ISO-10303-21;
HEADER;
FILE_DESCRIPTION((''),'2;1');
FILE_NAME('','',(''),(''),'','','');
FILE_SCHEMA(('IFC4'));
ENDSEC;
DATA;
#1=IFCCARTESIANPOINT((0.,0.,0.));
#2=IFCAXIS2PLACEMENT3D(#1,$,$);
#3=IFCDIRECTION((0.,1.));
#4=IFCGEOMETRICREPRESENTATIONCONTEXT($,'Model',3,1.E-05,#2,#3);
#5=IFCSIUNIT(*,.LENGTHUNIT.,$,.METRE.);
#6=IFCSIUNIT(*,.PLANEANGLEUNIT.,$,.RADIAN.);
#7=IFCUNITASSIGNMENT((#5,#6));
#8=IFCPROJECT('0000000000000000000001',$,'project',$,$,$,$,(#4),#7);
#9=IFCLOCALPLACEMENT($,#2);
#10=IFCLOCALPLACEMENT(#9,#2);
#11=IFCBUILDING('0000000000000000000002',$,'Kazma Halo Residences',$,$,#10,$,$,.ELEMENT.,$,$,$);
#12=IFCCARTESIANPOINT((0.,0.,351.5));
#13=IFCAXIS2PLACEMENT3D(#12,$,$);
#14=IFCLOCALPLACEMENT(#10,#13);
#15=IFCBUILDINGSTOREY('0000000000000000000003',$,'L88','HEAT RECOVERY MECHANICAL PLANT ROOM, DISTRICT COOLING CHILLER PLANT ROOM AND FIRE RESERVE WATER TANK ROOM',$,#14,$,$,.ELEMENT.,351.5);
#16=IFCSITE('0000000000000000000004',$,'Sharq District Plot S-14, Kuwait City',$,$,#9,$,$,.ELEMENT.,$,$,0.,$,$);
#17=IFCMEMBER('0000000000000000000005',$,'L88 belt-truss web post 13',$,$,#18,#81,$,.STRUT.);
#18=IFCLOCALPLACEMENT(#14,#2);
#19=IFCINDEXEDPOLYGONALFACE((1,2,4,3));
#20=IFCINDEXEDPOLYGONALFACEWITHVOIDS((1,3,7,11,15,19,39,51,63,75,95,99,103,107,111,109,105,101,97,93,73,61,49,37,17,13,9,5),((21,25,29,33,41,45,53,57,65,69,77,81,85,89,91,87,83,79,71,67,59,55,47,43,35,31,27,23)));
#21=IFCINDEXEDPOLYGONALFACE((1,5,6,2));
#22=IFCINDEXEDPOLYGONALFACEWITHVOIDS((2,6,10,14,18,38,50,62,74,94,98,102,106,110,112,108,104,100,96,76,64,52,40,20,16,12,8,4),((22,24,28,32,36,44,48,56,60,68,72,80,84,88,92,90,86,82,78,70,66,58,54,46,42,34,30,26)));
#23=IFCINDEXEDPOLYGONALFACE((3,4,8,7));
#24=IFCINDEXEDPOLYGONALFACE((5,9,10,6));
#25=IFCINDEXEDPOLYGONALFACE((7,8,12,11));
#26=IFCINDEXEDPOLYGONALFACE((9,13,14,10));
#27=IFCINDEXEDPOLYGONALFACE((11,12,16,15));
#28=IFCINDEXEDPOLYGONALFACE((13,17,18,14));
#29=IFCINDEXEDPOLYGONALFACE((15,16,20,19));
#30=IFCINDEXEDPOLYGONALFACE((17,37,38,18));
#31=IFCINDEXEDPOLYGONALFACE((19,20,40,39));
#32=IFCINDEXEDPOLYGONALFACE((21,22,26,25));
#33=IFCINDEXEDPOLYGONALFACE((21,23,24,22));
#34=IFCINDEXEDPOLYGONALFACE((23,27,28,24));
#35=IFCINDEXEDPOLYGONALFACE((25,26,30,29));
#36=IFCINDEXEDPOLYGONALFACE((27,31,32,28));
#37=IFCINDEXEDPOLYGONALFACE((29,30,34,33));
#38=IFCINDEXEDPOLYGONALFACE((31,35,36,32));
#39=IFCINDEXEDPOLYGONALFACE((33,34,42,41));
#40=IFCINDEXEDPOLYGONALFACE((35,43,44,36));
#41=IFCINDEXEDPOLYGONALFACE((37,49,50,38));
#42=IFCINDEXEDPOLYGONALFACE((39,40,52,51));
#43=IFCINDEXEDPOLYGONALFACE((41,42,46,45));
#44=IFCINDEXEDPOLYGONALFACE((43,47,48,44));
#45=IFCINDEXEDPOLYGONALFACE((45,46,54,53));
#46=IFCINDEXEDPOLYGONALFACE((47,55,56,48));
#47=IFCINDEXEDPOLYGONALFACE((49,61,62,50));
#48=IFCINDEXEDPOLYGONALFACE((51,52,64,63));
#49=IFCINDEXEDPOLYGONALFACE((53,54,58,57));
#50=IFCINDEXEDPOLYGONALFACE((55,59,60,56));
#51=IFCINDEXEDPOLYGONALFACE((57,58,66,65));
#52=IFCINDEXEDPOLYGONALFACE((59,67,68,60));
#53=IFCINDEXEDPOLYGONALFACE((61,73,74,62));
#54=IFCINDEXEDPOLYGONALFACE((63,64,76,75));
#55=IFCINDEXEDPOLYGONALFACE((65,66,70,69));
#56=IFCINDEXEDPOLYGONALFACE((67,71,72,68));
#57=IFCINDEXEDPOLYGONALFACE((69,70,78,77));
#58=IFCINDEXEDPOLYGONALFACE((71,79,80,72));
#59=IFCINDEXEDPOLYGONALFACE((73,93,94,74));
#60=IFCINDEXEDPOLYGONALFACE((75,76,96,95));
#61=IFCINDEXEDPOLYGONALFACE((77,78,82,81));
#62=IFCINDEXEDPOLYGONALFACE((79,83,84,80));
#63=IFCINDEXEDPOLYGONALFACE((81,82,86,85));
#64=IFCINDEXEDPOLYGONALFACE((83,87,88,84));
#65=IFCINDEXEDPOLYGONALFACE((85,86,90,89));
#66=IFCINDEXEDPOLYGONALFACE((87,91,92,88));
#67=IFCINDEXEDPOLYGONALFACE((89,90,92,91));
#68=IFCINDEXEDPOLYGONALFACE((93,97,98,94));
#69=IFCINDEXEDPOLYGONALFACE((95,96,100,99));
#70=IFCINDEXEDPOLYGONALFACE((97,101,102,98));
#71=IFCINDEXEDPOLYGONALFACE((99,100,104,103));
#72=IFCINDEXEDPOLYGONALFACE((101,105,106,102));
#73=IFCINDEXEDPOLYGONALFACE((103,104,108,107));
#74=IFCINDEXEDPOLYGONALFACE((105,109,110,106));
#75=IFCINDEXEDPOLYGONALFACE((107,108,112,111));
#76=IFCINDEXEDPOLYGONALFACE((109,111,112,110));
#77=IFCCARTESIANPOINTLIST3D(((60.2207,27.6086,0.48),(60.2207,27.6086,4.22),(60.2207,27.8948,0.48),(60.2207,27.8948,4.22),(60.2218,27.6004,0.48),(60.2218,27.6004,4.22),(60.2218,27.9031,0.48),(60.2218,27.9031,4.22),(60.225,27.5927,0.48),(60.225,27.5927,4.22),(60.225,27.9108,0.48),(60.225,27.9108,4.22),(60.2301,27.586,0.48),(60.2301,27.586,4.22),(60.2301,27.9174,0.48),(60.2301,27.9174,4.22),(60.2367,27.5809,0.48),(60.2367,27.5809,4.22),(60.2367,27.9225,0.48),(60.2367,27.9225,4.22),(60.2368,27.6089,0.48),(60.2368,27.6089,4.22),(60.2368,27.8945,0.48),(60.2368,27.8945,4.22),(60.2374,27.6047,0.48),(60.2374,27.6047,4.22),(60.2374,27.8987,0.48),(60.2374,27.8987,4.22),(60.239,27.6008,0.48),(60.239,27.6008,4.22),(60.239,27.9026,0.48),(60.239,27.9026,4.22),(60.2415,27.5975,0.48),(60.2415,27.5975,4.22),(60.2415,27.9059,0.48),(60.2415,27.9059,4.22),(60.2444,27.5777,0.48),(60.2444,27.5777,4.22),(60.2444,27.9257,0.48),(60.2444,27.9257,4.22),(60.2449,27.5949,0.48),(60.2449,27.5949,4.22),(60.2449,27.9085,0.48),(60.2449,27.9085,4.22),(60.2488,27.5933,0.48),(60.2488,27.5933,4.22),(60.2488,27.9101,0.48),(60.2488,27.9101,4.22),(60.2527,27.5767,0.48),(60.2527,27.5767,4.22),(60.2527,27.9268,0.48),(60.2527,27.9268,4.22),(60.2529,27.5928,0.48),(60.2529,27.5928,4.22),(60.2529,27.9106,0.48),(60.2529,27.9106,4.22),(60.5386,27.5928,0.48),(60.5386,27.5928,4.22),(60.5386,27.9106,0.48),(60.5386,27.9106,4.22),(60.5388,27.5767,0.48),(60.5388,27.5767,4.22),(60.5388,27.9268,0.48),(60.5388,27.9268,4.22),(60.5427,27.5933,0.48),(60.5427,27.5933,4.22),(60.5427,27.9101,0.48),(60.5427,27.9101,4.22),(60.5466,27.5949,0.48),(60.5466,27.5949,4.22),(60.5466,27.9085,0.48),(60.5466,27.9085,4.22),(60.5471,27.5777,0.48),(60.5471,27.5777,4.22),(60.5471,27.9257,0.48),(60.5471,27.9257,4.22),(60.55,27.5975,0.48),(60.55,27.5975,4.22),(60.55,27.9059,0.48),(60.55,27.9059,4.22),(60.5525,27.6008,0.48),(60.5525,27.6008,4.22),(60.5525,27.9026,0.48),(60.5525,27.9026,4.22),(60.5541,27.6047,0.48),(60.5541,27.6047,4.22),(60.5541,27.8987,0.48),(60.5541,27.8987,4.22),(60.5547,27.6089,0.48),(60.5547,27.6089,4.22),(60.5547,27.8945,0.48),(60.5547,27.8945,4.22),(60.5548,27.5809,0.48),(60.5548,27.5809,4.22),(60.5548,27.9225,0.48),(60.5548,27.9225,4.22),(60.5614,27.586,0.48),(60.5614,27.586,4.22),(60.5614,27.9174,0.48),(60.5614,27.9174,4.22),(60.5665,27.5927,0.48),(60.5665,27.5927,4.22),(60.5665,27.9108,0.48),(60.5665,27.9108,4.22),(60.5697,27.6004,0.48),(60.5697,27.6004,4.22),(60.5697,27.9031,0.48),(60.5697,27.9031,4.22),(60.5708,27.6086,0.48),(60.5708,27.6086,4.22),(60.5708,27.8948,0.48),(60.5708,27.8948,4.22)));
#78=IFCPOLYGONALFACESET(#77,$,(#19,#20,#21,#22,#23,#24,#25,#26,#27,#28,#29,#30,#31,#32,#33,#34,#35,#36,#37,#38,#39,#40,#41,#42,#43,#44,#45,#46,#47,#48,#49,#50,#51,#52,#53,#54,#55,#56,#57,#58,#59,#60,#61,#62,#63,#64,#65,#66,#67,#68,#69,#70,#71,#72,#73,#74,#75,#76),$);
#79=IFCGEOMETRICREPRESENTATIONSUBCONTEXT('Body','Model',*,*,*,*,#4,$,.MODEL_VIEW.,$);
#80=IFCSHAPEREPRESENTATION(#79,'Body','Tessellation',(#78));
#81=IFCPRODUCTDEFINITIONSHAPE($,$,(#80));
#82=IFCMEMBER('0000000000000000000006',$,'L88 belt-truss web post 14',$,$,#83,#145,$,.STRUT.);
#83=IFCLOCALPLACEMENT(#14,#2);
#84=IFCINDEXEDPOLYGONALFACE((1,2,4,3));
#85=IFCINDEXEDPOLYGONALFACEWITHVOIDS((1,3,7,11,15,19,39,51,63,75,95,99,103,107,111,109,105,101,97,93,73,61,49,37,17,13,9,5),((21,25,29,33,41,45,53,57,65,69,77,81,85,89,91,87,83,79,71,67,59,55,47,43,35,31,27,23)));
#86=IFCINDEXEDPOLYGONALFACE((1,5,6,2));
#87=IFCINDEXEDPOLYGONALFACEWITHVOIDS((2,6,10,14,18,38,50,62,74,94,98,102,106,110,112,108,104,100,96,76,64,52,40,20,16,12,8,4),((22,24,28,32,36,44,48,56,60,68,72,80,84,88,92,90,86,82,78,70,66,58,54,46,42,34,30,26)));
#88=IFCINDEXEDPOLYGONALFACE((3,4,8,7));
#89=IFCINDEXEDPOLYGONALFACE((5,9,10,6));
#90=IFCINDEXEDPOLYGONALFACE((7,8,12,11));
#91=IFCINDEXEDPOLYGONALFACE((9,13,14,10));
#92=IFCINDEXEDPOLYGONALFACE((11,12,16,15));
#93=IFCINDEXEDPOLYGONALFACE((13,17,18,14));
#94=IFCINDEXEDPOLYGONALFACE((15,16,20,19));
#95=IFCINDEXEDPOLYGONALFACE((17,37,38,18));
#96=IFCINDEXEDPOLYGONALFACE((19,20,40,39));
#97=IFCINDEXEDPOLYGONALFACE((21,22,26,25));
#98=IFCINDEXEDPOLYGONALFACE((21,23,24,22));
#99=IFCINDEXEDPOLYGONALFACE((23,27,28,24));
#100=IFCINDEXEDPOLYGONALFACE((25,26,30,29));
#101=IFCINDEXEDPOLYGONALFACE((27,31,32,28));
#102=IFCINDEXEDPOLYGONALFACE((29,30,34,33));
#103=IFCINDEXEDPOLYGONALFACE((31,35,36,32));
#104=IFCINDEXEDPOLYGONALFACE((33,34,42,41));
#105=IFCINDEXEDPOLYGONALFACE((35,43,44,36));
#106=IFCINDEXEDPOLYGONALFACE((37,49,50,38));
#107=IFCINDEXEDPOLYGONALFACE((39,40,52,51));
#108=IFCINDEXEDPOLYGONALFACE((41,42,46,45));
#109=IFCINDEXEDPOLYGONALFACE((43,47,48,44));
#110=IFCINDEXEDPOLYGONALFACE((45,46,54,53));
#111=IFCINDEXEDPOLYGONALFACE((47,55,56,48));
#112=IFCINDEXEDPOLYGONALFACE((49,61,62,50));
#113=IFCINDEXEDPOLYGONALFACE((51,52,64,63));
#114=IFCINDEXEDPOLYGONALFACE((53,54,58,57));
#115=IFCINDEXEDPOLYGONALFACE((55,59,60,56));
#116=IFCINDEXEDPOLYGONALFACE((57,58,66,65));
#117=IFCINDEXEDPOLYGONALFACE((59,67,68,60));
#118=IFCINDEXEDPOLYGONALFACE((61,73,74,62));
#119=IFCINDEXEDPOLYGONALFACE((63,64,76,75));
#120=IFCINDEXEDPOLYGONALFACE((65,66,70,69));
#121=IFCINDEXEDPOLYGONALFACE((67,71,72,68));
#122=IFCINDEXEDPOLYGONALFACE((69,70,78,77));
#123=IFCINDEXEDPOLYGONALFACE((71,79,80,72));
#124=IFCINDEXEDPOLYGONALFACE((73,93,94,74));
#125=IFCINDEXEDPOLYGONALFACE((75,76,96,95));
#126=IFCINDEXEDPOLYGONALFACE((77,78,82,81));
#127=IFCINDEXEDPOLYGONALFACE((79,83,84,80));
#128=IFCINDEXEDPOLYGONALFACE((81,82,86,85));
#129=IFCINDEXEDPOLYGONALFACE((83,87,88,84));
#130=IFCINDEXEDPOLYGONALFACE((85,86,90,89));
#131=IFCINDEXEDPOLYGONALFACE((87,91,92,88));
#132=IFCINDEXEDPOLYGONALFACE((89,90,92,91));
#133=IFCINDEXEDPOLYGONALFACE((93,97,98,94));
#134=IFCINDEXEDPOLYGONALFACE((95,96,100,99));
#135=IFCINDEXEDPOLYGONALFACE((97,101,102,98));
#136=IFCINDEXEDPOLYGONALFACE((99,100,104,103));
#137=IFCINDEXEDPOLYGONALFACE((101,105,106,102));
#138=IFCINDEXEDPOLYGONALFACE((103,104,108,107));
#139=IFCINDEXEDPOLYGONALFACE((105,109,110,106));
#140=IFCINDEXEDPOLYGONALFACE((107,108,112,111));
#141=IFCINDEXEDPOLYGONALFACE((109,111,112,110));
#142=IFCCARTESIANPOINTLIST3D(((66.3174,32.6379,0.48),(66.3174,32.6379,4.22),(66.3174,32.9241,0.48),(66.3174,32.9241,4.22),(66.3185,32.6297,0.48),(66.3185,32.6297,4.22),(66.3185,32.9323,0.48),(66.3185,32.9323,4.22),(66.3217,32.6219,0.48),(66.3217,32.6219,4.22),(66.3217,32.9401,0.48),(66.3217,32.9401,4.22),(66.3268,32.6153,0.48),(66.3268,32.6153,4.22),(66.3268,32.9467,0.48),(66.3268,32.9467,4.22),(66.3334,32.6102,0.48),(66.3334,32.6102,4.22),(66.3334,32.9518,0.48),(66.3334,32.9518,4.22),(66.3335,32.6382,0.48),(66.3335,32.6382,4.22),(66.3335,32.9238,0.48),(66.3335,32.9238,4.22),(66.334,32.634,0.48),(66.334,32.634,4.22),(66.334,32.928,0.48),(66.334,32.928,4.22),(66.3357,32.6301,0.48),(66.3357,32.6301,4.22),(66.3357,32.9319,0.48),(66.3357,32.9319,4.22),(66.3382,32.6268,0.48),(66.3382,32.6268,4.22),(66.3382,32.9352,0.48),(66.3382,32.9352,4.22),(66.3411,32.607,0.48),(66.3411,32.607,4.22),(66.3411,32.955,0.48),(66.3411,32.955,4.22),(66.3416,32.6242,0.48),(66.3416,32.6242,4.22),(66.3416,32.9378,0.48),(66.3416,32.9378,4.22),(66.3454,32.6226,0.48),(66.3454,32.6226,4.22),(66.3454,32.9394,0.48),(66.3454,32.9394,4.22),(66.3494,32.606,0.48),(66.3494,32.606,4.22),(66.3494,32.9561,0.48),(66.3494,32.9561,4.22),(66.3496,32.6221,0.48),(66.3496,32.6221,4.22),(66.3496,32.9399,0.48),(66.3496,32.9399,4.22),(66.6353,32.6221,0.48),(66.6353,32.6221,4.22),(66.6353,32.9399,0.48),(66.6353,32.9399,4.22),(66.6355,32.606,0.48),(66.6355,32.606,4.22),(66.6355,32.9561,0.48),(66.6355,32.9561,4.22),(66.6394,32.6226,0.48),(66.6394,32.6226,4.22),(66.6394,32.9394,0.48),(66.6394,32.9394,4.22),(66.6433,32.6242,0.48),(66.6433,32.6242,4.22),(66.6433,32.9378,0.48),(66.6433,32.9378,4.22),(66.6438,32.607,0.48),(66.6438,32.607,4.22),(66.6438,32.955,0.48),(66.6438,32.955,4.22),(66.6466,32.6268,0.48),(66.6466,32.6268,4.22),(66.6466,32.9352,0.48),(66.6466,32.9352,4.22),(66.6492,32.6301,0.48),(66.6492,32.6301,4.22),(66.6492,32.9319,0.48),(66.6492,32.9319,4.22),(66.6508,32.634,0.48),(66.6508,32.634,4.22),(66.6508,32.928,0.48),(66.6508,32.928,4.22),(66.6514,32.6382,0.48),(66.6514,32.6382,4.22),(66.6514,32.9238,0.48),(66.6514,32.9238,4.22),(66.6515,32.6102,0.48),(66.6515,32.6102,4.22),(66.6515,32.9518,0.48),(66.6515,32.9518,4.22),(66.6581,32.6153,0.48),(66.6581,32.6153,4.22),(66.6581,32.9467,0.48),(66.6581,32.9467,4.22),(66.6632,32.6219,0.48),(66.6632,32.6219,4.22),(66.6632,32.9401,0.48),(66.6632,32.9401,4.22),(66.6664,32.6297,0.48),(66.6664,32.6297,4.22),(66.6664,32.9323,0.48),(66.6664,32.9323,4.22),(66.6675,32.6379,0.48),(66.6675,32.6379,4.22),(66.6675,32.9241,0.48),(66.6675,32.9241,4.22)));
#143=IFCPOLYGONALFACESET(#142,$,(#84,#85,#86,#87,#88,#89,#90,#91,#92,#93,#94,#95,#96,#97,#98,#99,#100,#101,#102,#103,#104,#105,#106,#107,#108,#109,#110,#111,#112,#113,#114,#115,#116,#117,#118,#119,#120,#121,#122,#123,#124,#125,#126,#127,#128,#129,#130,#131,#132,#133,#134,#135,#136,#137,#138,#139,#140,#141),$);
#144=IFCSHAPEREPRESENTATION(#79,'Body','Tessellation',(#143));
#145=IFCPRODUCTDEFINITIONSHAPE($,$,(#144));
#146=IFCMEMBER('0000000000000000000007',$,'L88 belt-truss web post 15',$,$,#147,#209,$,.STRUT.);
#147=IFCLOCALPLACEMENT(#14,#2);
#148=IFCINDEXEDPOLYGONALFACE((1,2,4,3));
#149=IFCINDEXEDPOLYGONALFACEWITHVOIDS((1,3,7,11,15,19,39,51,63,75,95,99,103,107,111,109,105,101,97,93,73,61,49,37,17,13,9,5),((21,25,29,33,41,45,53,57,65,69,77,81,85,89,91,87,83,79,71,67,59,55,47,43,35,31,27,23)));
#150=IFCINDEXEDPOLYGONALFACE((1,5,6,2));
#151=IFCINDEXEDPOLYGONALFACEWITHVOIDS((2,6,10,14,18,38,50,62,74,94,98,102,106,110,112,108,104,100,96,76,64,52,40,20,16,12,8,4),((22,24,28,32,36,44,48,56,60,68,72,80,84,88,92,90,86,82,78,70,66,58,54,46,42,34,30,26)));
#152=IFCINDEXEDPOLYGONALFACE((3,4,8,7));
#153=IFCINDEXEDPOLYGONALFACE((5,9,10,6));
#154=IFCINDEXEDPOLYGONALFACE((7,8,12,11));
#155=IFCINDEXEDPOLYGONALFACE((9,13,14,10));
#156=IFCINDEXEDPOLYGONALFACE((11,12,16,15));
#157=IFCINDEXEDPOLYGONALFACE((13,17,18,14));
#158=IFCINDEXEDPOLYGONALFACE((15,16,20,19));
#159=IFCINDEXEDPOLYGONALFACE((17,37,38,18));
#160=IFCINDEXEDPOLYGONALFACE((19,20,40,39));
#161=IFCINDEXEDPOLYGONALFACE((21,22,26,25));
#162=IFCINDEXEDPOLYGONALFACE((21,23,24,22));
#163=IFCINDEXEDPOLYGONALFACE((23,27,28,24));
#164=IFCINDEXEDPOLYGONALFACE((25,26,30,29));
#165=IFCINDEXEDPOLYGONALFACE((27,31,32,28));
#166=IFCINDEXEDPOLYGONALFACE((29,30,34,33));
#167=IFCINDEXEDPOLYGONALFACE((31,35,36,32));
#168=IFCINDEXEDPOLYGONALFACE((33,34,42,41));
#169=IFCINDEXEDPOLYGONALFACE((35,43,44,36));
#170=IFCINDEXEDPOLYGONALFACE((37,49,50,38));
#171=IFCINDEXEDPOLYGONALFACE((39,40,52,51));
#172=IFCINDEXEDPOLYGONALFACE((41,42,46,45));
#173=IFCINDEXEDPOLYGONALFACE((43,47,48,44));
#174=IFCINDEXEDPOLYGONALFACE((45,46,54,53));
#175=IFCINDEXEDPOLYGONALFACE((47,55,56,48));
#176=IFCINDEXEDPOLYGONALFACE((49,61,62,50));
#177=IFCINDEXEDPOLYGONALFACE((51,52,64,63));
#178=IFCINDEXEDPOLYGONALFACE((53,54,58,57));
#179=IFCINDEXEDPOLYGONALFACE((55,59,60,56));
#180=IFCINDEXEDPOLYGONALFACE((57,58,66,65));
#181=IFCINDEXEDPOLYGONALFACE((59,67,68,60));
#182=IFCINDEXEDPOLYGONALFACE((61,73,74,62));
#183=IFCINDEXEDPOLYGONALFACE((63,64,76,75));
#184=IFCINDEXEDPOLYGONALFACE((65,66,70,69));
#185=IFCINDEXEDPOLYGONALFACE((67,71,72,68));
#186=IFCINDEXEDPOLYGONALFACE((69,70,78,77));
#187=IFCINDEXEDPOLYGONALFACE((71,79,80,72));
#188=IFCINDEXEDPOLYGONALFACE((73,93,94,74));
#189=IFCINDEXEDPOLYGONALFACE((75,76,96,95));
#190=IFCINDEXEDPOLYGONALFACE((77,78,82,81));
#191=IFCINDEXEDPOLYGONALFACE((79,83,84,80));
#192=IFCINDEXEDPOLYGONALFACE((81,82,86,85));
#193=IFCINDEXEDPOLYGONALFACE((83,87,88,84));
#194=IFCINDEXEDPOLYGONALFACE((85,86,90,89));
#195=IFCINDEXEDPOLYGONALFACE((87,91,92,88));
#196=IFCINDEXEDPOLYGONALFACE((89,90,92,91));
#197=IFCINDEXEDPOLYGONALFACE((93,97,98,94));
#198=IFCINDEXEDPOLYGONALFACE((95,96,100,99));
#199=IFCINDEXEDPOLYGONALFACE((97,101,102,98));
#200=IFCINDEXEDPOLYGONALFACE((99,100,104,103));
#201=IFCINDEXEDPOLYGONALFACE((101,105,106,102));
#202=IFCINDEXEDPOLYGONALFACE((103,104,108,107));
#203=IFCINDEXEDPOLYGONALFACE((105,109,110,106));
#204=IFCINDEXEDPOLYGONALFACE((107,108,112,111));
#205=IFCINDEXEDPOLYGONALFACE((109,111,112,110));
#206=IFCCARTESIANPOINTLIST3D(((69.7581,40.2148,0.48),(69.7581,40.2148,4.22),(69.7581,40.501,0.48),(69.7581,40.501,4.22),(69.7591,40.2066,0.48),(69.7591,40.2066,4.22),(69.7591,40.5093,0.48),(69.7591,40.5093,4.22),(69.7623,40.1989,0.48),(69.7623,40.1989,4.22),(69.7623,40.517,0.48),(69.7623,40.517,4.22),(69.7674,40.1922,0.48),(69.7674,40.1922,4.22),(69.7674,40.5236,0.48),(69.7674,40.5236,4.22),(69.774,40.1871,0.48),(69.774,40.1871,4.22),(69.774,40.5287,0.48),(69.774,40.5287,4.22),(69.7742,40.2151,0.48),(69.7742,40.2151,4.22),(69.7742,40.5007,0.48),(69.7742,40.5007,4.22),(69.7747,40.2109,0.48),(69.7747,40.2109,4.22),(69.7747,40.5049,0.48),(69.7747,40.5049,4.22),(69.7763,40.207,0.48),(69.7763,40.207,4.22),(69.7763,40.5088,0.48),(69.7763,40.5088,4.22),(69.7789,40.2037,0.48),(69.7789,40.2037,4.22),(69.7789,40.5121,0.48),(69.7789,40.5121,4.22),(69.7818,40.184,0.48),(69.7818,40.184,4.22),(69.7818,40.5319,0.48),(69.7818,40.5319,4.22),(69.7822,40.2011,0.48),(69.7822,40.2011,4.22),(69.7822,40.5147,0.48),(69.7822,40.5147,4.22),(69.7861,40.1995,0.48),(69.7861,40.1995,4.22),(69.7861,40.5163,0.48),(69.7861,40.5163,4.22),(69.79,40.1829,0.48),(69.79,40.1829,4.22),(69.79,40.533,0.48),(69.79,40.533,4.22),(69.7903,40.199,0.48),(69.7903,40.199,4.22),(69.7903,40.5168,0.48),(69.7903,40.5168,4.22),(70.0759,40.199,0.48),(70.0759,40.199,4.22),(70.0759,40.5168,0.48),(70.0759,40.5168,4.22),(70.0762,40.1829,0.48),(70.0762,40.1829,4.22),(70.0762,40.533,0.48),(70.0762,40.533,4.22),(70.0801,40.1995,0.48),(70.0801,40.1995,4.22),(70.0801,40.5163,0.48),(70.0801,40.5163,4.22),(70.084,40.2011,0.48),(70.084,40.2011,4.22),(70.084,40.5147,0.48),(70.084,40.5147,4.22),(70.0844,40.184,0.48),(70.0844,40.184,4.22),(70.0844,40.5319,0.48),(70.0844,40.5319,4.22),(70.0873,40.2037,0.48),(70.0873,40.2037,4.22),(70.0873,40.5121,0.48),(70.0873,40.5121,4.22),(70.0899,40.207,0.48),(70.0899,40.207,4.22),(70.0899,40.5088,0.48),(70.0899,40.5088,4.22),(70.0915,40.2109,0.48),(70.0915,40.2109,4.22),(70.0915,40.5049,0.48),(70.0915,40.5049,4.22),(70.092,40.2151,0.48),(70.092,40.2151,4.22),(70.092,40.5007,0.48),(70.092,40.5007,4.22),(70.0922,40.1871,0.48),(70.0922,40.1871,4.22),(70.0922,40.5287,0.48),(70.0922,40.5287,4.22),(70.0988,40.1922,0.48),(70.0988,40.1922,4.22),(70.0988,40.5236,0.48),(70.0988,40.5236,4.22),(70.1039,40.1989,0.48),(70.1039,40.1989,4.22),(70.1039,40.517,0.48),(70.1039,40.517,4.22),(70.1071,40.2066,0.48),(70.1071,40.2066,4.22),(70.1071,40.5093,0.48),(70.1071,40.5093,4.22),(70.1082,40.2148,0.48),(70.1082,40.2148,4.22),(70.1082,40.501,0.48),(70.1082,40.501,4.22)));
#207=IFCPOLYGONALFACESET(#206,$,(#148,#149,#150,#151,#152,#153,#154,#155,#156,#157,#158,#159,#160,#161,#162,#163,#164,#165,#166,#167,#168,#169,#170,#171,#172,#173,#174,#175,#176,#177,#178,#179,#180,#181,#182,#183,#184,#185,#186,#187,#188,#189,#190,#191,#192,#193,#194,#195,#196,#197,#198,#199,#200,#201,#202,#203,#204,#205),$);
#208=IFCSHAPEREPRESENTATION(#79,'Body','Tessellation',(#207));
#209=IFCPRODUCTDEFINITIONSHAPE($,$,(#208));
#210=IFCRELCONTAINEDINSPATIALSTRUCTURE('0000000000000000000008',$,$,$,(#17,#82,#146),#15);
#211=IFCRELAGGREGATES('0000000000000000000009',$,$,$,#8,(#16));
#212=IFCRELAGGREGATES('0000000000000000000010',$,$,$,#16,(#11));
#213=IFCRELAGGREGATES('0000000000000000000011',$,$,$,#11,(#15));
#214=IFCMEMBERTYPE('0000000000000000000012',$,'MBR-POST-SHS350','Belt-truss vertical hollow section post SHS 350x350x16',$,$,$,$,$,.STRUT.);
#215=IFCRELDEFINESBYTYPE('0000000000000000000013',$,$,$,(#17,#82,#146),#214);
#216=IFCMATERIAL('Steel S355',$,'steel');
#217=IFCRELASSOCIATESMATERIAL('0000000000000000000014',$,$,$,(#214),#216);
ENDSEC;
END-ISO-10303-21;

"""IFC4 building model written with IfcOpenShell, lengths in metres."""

from ifc_helpers import new_model, si_unit, direction, frame, origin, origin_2d, place, context, subcontext, project, spatial, hollow_rectangle, extrude, material, material_profile, profile_set, type_object, element, save


model = new_model("IFC4")

# Units and contexts
model_context = context("Model", 3, precision=1e-05, world=origin(), true_north=direction((0.0, 1.0)))
body_context = subcontext(model_context, "Body", "Model", "MODEL_VIEW")
ifc_project = project(units=[si_unit("LENGTHUNIT", "METRE"), si_unit("PLANEANGLEUNIT", "RADIAN")], contexts=[model_context])

# Site, building, storey
site_placement = place(None, origin())
site = spatial("IfcSite", under=ifc_project, at=site_placement, Name="Sharq District Plot S-14, Kuwait City", CompositionType="ELEMENT", RefElevation=0.0)
building_placement = place(site_placement, origin())
building = spatial("IfcBuilding", under=site, at=building_placement, Name="Kazma Halo Residences", CompositionType="ELEMENT")
storey_placement = place(building_placement, frame((0.0, 0.0, 351.5)))
storey = spatial("IfcBuildingStorey", under=building, at=storey_placement, Name="L88", Description="HEAT RECOVERY MECHANICAL PLANT ROOM, DISTRICT COOLING CHILLER PLANT ROOM AND FIRE RESERVE WATER TANK ROOM", CompositionType="ELEMENT", Elevation=351.5)

# Shared definitions
ifc_material_1 = material(Name="Steel S355", Category="steel")

# Members
ifc_material_profile_1 = material_profile(ifc_material_1, hollow_rectangle(XDim=0.3501, YDim=0.3501, WallThickness=0.0161, InnerFilletRadius=0.0161, OuterFilletRadius=0.032, at=origin_2d()), Name="SHS350x350x16")
ifc_profile_set_1 = profile_set([ifc_material_profile_1], Name="Steel S355")
member_type_1 = type_object("IfcMemberType", Name="MBR-POST-SHS350", Description="Belt-truss vertical hollow section post SHS 350x350x16", PredefinedType="STRUT", material=ifc_profile_set_1)
for number, where, z_axis, x_axis, name in (
    (1, (60.3958, 27.7517, 0.48), (0.0, 0.0, 1.0), (1.0, 0.0, 0.0), "L88 belt-truss web post 13"),
    (2, (66.4924, 32.781, 0.48), (0.0, 0.0, 1.0), (1.0, 0.0, 0.0), "L88 belt-truss web post 14"),
    (3, (69.9331, 40.3579, 0.48), (0.0, 0.0, 1.0), (1.0, 0.0, 0.0), "L88 belt-truss web post 15"),
):
    element("IfcMember", number, at=place(storey_placement, frame(where, z_axis=z_axis, x_axis=x_axis)), inside=storey, type_object=member_type_1, Name=name, PredefinedType="STRUT", context=body_context, shape_type="SweptSolid", body=[
        extrude(hollow_rectangle(XDim=0.3501, YDim=0.3501, WallThickness=0.0161, InnerFilletRadius=0.0161, OuterFilletRadius=0.032, at=origin_2d()), origin(), (0.0, 0.0, 1.0), 3.74),
    ])

save(model, "model.ifc")
